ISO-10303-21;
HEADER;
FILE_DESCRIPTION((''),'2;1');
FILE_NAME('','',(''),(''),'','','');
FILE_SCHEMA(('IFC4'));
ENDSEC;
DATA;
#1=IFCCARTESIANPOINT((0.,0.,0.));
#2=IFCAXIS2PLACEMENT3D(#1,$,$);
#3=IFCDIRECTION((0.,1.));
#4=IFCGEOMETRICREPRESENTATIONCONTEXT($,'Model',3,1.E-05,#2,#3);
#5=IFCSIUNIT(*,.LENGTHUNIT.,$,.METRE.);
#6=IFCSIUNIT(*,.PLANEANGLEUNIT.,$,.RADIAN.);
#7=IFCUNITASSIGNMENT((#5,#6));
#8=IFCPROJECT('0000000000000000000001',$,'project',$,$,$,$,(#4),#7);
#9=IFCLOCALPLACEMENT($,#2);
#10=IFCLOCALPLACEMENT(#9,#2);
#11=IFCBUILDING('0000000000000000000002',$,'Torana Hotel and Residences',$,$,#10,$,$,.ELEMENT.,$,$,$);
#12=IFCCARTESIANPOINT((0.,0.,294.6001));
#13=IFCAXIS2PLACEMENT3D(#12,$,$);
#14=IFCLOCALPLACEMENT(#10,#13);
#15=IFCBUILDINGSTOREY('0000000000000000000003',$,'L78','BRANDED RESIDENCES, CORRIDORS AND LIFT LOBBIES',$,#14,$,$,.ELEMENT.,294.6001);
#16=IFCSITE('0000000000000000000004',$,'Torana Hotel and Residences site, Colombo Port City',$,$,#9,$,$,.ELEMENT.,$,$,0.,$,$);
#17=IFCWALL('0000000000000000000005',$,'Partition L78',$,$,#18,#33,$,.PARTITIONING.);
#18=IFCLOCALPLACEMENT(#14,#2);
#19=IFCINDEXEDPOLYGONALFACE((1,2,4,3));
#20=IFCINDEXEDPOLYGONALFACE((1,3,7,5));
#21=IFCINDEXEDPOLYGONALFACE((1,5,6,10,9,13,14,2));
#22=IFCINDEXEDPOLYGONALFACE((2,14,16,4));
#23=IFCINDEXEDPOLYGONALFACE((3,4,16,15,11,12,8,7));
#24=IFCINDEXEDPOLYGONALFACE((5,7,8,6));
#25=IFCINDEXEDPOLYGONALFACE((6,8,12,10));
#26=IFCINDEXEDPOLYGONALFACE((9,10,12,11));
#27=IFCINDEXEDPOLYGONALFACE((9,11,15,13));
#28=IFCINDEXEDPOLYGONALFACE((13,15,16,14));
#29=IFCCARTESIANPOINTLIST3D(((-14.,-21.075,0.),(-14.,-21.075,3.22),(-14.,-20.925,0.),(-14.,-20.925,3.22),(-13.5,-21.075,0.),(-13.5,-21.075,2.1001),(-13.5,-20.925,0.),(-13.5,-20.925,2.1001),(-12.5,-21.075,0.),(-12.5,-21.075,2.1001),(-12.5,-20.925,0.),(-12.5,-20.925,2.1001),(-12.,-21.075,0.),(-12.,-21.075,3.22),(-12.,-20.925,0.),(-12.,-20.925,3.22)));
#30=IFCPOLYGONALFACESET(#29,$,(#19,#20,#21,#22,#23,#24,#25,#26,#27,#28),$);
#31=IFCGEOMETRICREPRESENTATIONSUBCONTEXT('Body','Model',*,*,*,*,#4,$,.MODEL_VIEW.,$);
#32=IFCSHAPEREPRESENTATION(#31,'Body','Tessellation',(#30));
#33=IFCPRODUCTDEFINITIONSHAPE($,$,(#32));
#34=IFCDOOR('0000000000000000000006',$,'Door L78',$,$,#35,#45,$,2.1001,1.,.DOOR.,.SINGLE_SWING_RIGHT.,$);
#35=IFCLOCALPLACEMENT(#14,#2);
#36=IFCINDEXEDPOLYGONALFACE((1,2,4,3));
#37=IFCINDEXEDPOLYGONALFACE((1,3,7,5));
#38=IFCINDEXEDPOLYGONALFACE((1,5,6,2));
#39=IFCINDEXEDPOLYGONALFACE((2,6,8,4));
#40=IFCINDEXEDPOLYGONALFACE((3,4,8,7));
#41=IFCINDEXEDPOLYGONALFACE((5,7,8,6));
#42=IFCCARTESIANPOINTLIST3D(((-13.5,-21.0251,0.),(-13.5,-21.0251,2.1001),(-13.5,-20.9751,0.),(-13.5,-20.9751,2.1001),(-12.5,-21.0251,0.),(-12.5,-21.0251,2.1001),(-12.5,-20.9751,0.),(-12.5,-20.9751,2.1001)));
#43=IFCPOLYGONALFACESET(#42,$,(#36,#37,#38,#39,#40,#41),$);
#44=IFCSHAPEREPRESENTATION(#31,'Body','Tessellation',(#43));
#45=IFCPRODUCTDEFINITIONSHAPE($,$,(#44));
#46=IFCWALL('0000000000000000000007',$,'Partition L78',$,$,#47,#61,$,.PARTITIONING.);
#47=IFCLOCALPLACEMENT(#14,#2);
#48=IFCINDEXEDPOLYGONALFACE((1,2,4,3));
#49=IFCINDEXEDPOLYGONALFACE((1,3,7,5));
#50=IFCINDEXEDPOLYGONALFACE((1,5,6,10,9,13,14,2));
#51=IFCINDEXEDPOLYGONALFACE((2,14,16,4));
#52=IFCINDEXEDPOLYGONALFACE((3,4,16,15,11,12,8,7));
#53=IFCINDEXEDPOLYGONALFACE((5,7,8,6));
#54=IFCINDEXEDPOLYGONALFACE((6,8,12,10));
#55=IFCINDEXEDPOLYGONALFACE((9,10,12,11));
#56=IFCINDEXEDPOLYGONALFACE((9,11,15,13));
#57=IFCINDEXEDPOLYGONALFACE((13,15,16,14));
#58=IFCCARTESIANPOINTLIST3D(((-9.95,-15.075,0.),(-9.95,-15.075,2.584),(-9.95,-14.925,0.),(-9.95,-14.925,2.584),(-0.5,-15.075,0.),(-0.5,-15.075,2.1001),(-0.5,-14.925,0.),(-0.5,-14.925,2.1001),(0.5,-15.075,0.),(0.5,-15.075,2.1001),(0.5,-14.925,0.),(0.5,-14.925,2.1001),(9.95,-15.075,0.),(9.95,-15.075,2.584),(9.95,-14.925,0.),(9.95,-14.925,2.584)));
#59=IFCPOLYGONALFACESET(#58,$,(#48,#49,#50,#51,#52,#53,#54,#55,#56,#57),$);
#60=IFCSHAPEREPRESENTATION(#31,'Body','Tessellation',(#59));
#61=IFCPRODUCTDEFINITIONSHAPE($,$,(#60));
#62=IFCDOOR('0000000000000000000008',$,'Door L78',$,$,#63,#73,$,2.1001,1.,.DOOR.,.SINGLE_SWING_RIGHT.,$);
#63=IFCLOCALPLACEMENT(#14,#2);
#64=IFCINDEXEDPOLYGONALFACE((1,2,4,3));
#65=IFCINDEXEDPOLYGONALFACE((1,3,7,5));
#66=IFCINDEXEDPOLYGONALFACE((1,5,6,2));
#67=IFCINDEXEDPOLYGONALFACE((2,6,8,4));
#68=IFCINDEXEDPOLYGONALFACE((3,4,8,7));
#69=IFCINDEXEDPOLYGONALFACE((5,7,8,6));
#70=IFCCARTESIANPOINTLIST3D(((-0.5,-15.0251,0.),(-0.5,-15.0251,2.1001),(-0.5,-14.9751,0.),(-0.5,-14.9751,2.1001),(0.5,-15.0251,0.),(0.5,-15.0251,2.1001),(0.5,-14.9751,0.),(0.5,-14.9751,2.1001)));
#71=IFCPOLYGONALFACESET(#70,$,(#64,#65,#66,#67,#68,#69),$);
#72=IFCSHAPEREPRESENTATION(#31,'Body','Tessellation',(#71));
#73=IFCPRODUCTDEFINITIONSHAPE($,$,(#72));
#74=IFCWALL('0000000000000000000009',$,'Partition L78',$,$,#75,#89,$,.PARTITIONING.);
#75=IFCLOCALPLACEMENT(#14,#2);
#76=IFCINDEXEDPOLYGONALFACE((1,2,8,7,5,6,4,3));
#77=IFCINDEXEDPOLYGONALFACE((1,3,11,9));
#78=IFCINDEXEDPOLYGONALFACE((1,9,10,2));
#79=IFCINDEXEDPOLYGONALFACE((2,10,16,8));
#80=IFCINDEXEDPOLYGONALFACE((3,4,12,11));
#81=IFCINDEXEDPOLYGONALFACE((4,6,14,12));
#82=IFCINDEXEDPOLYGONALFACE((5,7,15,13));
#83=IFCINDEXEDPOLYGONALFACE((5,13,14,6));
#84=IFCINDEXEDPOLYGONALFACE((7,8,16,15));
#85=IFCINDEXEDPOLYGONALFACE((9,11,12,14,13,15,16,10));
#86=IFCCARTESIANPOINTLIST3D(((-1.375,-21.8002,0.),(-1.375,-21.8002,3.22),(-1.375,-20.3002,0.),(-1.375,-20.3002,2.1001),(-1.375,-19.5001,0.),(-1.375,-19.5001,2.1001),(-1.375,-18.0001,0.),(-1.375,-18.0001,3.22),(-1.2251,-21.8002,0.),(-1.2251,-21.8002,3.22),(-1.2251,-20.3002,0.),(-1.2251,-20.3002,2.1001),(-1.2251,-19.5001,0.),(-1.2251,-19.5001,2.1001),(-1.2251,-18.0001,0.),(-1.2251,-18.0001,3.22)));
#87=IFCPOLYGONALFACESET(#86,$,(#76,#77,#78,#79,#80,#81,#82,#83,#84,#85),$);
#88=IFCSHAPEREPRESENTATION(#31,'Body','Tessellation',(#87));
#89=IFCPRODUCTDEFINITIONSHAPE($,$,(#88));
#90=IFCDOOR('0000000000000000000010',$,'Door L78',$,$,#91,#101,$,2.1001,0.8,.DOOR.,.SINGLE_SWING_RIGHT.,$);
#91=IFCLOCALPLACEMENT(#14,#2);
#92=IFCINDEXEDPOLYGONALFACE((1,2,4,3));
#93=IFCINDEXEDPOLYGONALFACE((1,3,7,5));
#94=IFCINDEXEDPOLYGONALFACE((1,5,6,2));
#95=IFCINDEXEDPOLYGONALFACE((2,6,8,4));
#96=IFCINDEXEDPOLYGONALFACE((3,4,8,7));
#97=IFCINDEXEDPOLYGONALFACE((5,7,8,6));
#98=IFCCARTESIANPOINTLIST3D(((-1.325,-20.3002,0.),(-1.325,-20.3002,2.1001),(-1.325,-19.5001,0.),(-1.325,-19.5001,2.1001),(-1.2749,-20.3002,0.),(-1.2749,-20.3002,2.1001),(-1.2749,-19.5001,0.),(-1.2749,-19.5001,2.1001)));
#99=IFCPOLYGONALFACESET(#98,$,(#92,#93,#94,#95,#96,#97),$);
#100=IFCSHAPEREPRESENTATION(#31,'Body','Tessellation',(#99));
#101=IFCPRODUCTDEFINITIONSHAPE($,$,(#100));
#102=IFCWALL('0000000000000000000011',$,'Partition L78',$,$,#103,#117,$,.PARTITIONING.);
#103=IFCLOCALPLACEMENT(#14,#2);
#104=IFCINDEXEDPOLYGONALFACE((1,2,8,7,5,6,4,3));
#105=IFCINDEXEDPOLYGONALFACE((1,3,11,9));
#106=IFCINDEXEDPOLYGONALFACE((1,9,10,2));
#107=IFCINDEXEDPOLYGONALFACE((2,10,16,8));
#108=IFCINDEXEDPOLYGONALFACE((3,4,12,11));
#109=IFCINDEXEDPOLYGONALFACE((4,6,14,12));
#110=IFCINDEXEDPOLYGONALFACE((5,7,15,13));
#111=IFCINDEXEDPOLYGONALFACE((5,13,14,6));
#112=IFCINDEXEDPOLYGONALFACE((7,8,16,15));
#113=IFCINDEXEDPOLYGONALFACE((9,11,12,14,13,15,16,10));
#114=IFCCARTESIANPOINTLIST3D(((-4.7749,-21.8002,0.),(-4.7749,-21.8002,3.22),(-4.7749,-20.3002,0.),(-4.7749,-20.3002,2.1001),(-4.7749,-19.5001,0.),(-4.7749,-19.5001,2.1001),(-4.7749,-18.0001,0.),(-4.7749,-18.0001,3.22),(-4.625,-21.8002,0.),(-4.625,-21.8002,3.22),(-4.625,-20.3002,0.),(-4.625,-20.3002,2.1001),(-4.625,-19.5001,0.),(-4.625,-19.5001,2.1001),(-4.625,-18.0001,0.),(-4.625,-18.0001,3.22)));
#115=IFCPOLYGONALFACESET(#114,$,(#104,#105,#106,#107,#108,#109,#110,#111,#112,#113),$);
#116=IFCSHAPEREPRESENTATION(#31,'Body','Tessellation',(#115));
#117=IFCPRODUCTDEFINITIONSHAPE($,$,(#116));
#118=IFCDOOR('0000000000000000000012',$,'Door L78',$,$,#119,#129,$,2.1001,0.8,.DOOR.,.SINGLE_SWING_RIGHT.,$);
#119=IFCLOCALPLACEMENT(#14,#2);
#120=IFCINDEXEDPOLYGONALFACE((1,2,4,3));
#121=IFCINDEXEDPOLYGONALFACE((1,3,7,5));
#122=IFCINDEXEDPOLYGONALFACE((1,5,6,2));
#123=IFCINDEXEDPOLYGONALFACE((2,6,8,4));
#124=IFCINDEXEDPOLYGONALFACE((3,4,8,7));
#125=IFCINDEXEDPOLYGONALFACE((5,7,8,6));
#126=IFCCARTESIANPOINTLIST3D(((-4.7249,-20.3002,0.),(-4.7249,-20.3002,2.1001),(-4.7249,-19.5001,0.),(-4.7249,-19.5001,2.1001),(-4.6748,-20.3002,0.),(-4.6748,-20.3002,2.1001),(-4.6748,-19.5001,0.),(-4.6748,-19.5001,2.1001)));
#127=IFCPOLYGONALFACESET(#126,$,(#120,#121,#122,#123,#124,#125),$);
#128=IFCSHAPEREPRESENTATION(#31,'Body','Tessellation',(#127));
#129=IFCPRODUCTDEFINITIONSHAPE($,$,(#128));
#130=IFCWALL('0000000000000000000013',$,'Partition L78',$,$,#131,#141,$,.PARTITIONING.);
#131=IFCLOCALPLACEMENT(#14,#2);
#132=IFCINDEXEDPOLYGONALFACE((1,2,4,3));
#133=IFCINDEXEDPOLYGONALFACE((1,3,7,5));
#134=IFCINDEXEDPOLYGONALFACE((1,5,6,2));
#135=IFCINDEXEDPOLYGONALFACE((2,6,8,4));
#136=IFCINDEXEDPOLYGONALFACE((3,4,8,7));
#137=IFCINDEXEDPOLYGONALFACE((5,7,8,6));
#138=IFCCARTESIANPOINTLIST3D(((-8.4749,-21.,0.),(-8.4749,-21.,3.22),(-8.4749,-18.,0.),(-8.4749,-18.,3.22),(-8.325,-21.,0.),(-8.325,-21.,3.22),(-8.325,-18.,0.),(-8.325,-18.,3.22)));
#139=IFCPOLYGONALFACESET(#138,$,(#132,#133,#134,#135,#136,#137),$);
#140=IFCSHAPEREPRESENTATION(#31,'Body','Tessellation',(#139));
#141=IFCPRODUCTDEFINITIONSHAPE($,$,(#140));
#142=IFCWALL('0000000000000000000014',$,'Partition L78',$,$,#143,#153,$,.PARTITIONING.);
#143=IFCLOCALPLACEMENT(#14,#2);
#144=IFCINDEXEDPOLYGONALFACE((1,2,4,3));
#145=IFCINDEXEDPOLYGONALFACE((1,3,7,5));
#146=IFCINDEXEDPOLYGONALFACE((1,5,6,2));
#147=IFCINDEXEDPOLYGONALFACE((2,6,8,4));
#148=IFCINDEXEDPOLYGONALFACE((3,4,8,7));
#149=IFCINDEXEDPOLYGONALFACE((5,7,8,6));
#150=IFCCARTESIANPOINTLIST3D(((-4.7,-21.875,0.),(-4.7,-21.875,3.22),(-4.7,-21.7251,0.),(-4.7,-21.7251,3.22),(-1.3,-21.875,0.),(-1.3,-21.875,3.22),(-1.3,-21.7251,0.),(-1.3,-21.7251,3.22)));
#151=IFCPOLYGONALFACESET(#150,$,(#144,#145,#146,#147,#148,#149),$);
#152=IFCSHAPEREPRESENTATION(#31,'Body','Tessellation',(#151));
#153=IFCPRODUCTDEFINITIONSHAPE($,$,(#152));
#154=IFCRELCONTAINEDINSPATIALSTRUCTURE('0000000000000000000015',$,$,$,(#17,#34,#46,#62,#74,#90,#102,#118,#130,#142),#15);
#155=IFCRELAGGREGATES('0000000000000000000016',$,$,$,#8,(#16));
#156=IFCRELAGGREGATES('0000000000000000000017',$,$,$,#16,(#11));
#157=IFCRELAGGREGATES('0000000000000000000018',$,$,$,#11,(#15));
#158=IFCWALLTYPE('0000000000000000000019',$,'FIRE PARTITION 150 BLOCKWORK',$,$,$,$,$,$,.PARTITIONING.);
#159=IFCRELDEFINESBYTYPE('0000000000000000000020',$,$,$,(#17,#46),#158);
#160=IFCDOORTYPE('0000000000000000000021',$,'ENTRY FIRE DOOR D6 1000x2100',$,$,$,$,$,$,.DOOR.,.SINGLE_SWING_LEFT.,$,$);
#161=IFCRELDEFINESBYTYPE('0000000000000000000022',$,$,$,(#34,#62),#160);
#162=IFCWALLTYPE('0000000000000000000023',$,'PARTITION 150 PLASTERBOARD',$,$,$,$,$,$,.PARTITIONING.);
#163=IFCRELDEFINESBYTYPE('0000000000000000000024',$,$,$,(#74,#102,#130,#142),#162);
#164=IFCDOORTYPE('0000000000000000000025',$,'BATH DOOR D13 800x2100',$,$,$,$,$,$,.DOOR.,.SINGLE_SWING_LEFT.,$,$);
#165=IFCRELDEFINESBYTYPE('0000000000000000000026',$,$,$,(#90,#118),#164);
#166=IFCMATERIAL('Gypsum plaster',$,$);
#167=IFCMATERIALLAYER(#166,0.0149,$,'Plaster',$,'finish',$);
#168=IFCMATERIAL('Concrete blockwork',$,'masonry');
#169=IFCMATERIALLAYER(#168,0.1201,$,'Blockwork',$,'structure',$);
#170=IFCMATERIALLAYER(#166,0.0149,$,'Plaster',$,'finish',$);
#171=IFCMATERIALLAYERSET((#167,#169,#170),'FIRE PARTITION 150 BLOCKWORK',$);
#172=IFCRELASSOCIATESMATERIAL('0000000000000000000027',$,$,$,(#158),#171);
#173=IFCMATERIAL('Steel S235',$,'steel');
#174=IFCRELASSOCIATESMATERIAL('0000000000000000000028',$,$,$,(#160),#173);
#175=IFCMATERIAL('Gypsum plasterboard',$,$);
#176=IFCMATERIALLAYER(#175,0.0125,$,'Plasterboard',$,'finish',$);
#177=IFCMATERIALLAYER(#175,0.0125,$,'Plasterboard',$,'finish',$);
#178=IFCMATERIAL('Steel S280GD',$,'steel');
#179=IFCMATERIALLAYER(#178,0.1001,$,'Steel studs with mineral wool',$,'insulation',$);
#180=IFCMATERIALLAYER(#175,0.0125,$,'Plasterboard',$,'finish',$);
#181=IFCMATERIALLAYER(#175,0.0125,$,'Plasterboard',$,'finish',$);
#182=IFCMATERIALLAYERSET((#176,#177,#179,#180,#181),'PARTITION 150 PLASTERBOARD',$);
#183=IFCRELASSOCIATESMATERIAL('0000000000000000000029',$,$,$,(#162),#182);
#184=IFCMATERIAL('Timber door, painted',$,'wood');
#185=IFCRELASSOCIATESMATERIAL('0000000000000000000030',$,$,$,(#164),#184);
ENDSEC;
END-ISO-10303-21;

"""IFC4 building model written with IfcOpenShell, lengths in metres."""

from ifc_helpers import new_model, si_unit, direction, frame, frame_2d, origin, place, context, subcontext, project, spatial, rectangle, extrude, material, layer, layer_set, type_object, element, fill, save


model = new_model("IFC4")

# Units and contexts
model_context = context("Model", 3, precision=1e-05, world=origin(), true_north=direction((0.0, 1.0)))
body_context = subcontext(model_context, "Body", "Model", "MODEL_VIEW")
ifc_project = project(units=[si_unit("LENGTHUNIT", "METRE"), si_unit("PLANEANGLEUNIT", "RADIAN")], contexts=[model_context])

# Site, building, storey
site_placement = place(None, origin())
site = spatial("IfcSite", under=ifc_project, at=site_placement, Name="Torana Hotel and Residences site, Colombo Port City", CompositionType="ELEMENT", RefElevation=0.0)
building_placement = place(site_placement, origin())
building = spatial("IfcBuilding", under=site, at=building_placement, Name="Torana Hotel and Residences", CompositionType="ELEMENT")
storey_placement = place(building_placement, frame((0.0, 0.0, 294.6001)))
storey = spatial("IfcBuildingStorey", under=building, at=storey_placement, Name="L78", Description="BRANDED RESIDENCES, CORRIDORS AND LIFT LOBBIES", CompositionType="ELEMENT", Elevation=294.6001)

# Walls, openings, doors
ifc_material_1 = material(Name="Gypsum plaster")
ifc_layer_1 = layer(ifc_material_1, 0.0149, Name="Plaster", Category="finish")
ifc_material_2 = material(Name="Concrete blockwork", Category="masonry")
ifc_layer_2 = layer(ifc_material_2, 0.1201, Name="Blockwork", Category="structure")
ifc_layer_3 = layer(ifc_material_1, 0.0149, Name="Plaster", Category="finish")
ifc_layer_set_1 = layer_set([ifc_layer_1, ifc_layer_2, ifc_layer_3], Name="FIRE PARTITION 150 BLOCKWORK")
wall_type_1 = type_object("IfcWallType", Name="FIRE PARTITION 150 BLOCKWORK", PredefinedType="PARTITIONING", material=ifc_layer_set_1)
ifc_material_3 = material(Name="Steel S235", Category="steel")
door_type_1 = type_object("IfcDoorType", Name="ENTRY FIRE DOOR D6 1000x2100", OperationType="SINGLE_SWING_LEFT", PredefinedType="DOOR", material=ifc_material_3)
wall_1_placement = place(storey_placement, frame((-14.0, -21.0, 0.0), z_axis=(0.0, 0.0, 1.0), x_axis=(1.0, 0.0, 0.0)))
wall_1 = element("IfcWall", 1, at=wall_1_placement, inside=storey, type_object=wall_type_1, Name="Partition L78", PredefinedType="PARTITIONING", context=body_context, shape_type="SweptSolid", body=[
    extrude(rectangle(XDim=2.0, YDim=0.1499, at=frame_2d((1.0, 0.0))), origin(), (0.0, 0.0, 1.0), 3.22),
])
opening_1_placement = place(wall_1_placement, frame((0.5, 0.0, 0.0)))
opening_1 = element("IfcOpeningElement", 2, at=opening_1_placement, cuts=wall_1, PredefinedType="OPENING", context=body_context, shape_type="SweptSolid", body=[
    extrude(rectangle(XDim=1.0, YDim=2.1001, at=frame_2d((0.5, 1.05))), frame((0.0, 0.085, 0.0), z_axis=(0.0, -1.0, 0.0), x_axis=(1.0, 0.0, 0.0)), (0.0, 0.0, 1.0), 0.1699),
])
door_1_placement = place(opening_1_placement, frame((0.5, 0.0, 0.0), z_axis=(0.0, 0.0, 1.0), x_axis=(-1.0, 0.0, 0.0)))
door_1 = element("IfcDoor", 3, at=door_1_placement, inside=storey, type_object=door_type_1, Name="Door L78", OperationType="SINGLE_SWING_RIGHT", OverallHeight=2.1001, OverallWidth=1.0, PredefinedType="DOOR", context=body_context, shape_type="SweptSolid", body=[
    extrude(rectangle(XDim=1.0, YDim=2.1001, at=frame_2d((0.0, 1.05))), frame((0.0, -0.0249, 0.0), z_axis=(0.0, 1.0, 0.0), x_axis=(-1.0, 0.0, 0.0)), (0.0, 0.0, 1.0), 0.05),
])
fill(opening_1, door_1)
wall_2_placement = place(storey_placement, frame((-9.95, -15.0, 0.0), z_axis=(0.0, 0.0, 1.0), x_axis=(1.0, 0.0, 0.0)))
wall_2 = element("IfcWall", 4, at=wall_2_placement, inside=storey, type_object=wall_type_1, Name="Partition L78", PredefinedType="PARTITIONING", context=body_context, shape_type="SweptSolid", body=[
    extrude(rectangle(XDim=19.8999, YDim=0.1499, at=frame_2d((9.95, 0.0))), origin(), (0.0, 0.0, 1.0), 2.584),
])
opening_2_placement = place(wall_2_placement, frame((9.45, 0.0, 0.0)))
opening_2 = element("IfcOpeningElement", 5, at=opening_2_placement, cuts=wall_2, PredefinedType="OPENING", context=body_context, shape_type="SweptSolid", body=[
    extrude(rectangle(XDim=1.0, YDim=2.1001, at=frame_2d((0.5, 1.05))), frame((0.0, 0.085, 0.0), z_axis=(0.0, -1.0, 0.0), x_axis=(1.0, 0.0, 0.0)), (0.0, 0.0, 1.0), 0.1699),
])
door_2_placement = place(opening_2_placement, origin())
door_2 = element("IfcDoor", 6, at=door_2_placement, inside=storey, type_object=door_type_1, Name="Door L78", OperationType="SINGLE_SWING_RIGHT", OverallHeight=2.1001, OverallWidth=1.0, PredefinedType="DOOR", context=body_context, shape_type="SweptSolid", body=[
    extrude(rectangle(XDim=1.0, YDim=2.1001, at=frame_2d((0.5, 1.05))), frame((0.0, 0.0249, 0.0), z_axis=(0.0, -1.0, 0.0), x_axis=(1.0, 0.0, 0.0)), (0.0, 0.0, 1.0), 0.05),
])
fill(opening_2, door_2)
ifc_material_4 = material(Name="Gypsum plasterboard")
ifc_layer_4 = layer(ifc_material_4, 0.0125, Name="Plasterboard", Category="finish")
ifc_layer_5 = layer(ifc_material_4, 0.0125, Name="Plasterboard", Category="finish")
ifc_material_5 = material(Name="Steel S280GD", Category="steel")
ifc_layer_6 = layer(ifc_material_5, 0.1001, Name="Steel studs with mineral wool", Category="insulation")
ifc_layer_7 = layer(ifc_material_4, 0.0125, Name="Plasterboard", Category="finish")
ifc_layer_8 = layer(ifc_material_4, 0.0125, Name="Plasterboard", Category="finish")
ifc_layer_set_2 = layer_set([ifc_layer_4, ifc_layer_5, ifc_layer_6, ifc_layer_7, ifc_layer_8], Name="PARTITION 150 PLASTERBOARD")
wall_type_2 = type_object("IfcWallType", Name="PARTITION 150 PLASTERBOARD", PredefinedType="PARTITIONING", material=ifc_layer_set_2)
wall_3_placement = place(storey_placement, frame((-1.3, -21.8, 0.0), z_axis=(0.0, 0.0, 1.0), x_axis=(0.0, 1.0, 0.0)))
wall_3 = element("IfcWall", 7, at=wall_3_placement, inside=storey, type_object=wall_type_2, Name="Partition L78", PredefinedType="PARTITIONING", context=body_context, shape_type="SweptSolid", body=[
    extrude(rectangle(XDim=3.8, YDim=0.1499, at=frame_2d((1.8999, 0.0))), origin(), (0.0, 0.0, 1.0), 3.22),
])
opening_3_placement = place(wall_3_placement, frame((1.5, 0.0, 0.0)))
opening_3 = element("IfcOpeningElement", 8, at=opening_3_placement, cuts=wall_3, PredefinedType="OPENING", context=body_context, shape_type="SweptSolid", body=[
    extrude(rectangle(XDim=0.8, YDim=2.1001, at=frame_2d((0.3999, 1.05))), frame((0.0, 0.085, 0.0), z_axis=(0.0, -1.0, 0.0), x_axis=(1.0, 0.0, 0.0)), (0.0, 0.0, 1.0), 0.1699),
])
ifc_material_6 = material(Name="Timber door, painted", Category="wood")
door_type_2 = type_object("IfcDoorType", Name="BATH DOOR D13 800x2100", OperationType="SINGLE_SWING_LEFT", PredefinedType="DOOR", material=ifc_material_6)
door_3_placement = place(opening_3_placement, origin())
door_3 = element("IfcDoor", 9, at=door_3_placement, inside=storey, type_object=door_type_2, Name="Door L78", OperationType="SINGLE_SWING_RIGHT", OverallHeight=2.1001, OverallWidth=0.8, PredefinedType="DOOR", context=body_context, shape_type="SweptSolid", body=[
    extrude(rectangle(XDim=0.8, YDim=2.1001, at=frame_2d((0.3999, 1.05))), frame((0.0, 0.0249, 0.0), z_axis=(0.0, -1.0, 0.0), x_axis=(1.0, 0.0, 0.0)), (0.0, 0.0, 1.0), 0.05),
])
fill(opening_3, door_3)
wall_4_placement = place(storey_placement, frame((-4.7, -21.8, 0.0), z_axis=(0.0, 0.0, 1.0), x_axis=(0.0, 1.0, 0.0)))
wall_4 = element("IfcWall", 10, at=wall_4_placement, inside=storey, type_object=wall_type_2, Name="Partition L78", PredefinedType="PARTITIONING", context=body_context, shape_type="SweptSolid", body=[
    extrude(rectangle(XDim=3.8, YDim=0.1499, at=frame_2d((1.8999, 0.0))), origin(), (0.0, 0.0, 1.0), 3.22),
])
opening_4_placement = place(wall_4_placement, frame((1.5, 0.0, 0.0)))
opening_4 = element("IfcOpeningElement", 11, at=opening_4_placement, cuts=wall_4, PredefinedType="OPENING", context=body_context, shape_type="SweptSolid", body=[
    extrude(rectangle(XDim=0.8, YDim=2.1001, at=frame_2d((0.3999, 1.05))), frame((0.0, 0.085, 0.0), z_axis=(0.0, -1.0, 0.0), x_axis=(1.0, 0.0, 0.0)), (0.0, 0.0, 1.0), 0.1699),
])
door_4_placement = place(opening_4_placement, origin())
door_4 = element("IfcDoor", 12, at=door_4_placement, inside=storey, type_object=door_type_2, Name="Door L78", OperationType="SINGLE_SWING_RIGHT", OverallHeight=2.1001, OverallWidth=0.8, PredefinedType="DOOR", context=body_context, shape_type="SweptSolid", body=[
    extrude(rectangle(XDim=0.8, YDim=2.1001, at=frame_2d((0.3999, 1.05))), frame((0.0, 0.0249, 0.0), z_axis=(0.0, -1.0, 0.0), x_axis=(1.0, 0.0, 0.0)), (0.0, 0.0, 1.0), 0.05),
])
fill(opening_4, door_4)

# Walls
wall_5_placement = place(storey_placement, frame((-8.3999, -21.0, 0.0), z_axis=(0.0, 0.0, 1.0), x_axis=(0.0, 1.0, 0.0)))
element("IfcWall", 13, at=wall_5_placement, inside=storey, type_object=wall_type_2, Name="Partition L78", PredefinedType="PARTITIONING", context=body_context, shape_type="SweptSolid", body=[
    extrude(rectangle(XDim=3.0, YDim=0.1499, at=frame_2d((1.5, 0.0))), origin(), (0.0, 0.0, 1.0), 3.22),
])
wall_6_placement = place(storey_placement, frame((-4.7, -21.8, 0.0), z_axis=(0.0, 0.0, 1.0), x_axis=(1.0, 0.0, 0.0)))
element("IfcWall", 14, at=wall_6_placement, inside=storey, type_object=wall_type_2, Name="Partition L78", PredefinedType="PARTITIONING", context=body_context, shape_type="SweptSolid", body=[
    extrude(rectangle(XDim=3.3999, YDim=0.1499, at=frame_2d((1.7, 0.0))), origin(), (0.0, 0.0, 1.0), 3.22),
])

save(model, "model.ifc")
